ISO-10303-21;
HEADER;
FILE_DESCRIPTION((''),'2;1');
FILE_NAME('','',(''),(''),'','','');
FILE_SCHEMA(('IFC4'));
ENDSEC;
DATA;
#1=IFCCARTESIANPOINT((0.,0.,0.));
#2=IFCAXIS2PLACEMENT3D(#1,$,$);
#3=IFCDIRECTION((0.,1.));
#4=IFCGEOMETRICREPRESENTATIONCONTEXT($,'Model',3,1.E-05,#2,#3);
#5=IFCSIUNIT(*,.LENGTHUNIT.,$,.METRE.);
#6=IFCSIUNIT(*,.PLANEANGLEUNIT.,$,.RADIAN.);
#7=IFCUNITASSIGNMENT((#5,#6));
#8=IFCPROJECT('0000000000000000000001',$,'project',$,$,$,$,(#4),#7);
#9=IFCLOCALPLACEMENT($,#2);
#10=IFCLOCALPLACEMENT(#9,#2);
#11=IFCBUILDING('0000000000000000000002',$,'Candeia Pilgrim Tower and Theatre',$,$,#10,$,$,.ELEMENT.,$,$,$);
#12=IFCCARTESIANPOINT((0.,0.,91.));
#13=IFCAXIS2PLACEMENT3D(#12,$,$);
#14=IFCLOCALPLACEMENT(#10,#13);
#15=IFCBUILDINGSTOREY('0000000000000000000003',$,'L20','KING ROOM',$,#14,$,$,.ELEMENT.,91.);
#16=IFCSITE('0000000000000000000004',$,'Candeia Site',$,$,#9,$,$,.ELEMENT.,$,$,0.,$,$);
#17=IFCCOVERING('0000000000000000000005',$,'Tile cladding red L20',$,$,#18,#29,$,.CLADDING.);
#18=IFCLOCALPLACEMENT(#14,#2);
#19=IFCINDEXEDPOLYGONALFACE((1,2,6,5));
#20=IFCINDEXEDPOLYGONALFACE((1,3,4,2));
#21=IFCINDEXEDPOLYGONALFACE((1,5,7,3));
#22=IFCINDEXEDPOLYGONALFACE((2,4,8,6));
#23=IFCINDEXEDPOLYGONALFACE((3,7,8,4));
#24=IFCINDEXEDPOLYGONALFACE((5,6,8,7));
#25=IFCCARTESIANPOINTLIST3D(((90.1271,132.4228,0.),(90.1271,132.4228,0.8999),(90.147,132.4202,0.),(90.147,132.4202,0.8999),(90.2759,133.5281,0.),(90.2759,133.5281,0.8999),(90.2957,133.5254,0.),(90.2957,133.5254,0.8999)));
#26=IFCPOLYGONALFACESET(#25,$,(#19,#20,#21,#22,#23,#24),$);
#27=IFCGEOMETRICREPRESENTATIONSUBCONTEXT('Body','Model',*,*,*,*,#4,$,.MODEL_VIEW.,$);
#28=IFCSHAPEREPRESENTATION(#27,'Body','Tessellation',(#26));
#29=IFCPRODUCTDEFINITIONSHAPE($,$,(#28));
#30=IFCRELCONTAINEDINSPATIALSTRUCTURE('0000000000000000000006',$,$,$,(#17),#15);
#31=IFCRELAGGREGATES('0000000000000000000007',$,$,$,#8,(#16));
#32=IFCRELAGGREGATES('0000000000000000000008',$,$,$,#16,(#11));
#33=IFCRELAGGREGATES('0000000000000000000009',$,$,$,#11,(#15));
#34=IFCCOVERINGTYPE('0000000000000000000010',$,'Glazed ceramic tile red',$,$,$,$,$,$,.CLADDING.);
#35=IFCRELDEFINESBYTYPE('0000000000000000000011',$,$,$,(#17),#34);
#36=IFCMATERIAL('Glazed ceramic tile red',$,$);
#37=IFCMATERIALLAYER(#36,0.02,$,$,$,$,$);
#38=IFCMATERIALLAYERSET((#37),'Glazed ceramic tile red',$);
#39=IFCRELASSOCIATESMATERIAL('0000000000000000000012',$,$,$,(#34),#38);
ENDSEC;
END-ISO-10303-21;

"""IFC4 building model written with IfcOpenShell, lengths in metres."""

from ifc_helpers import new_model, si_unit, direction, frame, origin, origin_2d, place, context, subcontext, project, spatial, rectangle, extrude, material, layer, layer_set, type_object, element, save


model = new_model("IFC4")

# Units and contexts
model_context = context("Model", 3, precision=1e-05, world=origin(), true_north=direction((0.0, 1.0)))
body_context = subcontext(model_context, "Body", "Model", "MODEL_VIEW")
ifc_project = project(units=[si_unit("LENGTHUNIT", "METRE"), si_unit("PLANEANGLEUNIT", "RADIAN")], contexts=[model_context])

# Site, building, storey
site_placement = place(None, origin())
site = spatial("IfcSite", under=ifc_project, at=site_placement, Name="Candeia Site", CompositionType="ELEMENT", RefElevation=0.0)
building_placement = place(site_placement, origin())
building = spatial("IfcBuilding", under=site, at=building_placement, Name="Candeia Pilgrim Tower and Theatre", CompositionType="ELEMENT")
storey_placement = place(building_placement, frame((0.0, 0.0, 91.0)))
storey = spatial("IfcBuildingStorey", under=building, at=storey_placement, Name="L20", Description="KING ROOM", CompositionType="ELEMENT", Elevation=91.0)

# Covering
ifc_material_1 = material(Name="Glazed ceramic tile red")
ifc_layer_1 = layer(ifc_material_1, 0.02)
ifc_layer_set_1 = layer_set([ifc_layer_1], Name="Glazed ceramic tile red")
covering_type = type_object("IfcCoveringType", Name="Glazed ceramic tile red", PredefinedType="CLADDING", material=ifc_layer_set_1)
covering_1_placement = place(storey_placement, frame((90.2114, 132.9741, 0.0), z_axis=(0.0, 0.0, 1.0), x_axis=(-0.133412, -0.991061, 0.0)))
element("IfcCovering", 1, at=covering_1_placement, inside=storey, type_object=covering_type, Name="Tile cladding red L20", PredefinedType="CLADDING", context=body_context, shape_type="SweptSolid", body=[
    extrude(rectangle(XDim=1.1152, YDim=0.02, at=origin_2d()), origin(), (0.0, 0.0, 1.0), 0.8999),
])

save(model, "model.ifc")
